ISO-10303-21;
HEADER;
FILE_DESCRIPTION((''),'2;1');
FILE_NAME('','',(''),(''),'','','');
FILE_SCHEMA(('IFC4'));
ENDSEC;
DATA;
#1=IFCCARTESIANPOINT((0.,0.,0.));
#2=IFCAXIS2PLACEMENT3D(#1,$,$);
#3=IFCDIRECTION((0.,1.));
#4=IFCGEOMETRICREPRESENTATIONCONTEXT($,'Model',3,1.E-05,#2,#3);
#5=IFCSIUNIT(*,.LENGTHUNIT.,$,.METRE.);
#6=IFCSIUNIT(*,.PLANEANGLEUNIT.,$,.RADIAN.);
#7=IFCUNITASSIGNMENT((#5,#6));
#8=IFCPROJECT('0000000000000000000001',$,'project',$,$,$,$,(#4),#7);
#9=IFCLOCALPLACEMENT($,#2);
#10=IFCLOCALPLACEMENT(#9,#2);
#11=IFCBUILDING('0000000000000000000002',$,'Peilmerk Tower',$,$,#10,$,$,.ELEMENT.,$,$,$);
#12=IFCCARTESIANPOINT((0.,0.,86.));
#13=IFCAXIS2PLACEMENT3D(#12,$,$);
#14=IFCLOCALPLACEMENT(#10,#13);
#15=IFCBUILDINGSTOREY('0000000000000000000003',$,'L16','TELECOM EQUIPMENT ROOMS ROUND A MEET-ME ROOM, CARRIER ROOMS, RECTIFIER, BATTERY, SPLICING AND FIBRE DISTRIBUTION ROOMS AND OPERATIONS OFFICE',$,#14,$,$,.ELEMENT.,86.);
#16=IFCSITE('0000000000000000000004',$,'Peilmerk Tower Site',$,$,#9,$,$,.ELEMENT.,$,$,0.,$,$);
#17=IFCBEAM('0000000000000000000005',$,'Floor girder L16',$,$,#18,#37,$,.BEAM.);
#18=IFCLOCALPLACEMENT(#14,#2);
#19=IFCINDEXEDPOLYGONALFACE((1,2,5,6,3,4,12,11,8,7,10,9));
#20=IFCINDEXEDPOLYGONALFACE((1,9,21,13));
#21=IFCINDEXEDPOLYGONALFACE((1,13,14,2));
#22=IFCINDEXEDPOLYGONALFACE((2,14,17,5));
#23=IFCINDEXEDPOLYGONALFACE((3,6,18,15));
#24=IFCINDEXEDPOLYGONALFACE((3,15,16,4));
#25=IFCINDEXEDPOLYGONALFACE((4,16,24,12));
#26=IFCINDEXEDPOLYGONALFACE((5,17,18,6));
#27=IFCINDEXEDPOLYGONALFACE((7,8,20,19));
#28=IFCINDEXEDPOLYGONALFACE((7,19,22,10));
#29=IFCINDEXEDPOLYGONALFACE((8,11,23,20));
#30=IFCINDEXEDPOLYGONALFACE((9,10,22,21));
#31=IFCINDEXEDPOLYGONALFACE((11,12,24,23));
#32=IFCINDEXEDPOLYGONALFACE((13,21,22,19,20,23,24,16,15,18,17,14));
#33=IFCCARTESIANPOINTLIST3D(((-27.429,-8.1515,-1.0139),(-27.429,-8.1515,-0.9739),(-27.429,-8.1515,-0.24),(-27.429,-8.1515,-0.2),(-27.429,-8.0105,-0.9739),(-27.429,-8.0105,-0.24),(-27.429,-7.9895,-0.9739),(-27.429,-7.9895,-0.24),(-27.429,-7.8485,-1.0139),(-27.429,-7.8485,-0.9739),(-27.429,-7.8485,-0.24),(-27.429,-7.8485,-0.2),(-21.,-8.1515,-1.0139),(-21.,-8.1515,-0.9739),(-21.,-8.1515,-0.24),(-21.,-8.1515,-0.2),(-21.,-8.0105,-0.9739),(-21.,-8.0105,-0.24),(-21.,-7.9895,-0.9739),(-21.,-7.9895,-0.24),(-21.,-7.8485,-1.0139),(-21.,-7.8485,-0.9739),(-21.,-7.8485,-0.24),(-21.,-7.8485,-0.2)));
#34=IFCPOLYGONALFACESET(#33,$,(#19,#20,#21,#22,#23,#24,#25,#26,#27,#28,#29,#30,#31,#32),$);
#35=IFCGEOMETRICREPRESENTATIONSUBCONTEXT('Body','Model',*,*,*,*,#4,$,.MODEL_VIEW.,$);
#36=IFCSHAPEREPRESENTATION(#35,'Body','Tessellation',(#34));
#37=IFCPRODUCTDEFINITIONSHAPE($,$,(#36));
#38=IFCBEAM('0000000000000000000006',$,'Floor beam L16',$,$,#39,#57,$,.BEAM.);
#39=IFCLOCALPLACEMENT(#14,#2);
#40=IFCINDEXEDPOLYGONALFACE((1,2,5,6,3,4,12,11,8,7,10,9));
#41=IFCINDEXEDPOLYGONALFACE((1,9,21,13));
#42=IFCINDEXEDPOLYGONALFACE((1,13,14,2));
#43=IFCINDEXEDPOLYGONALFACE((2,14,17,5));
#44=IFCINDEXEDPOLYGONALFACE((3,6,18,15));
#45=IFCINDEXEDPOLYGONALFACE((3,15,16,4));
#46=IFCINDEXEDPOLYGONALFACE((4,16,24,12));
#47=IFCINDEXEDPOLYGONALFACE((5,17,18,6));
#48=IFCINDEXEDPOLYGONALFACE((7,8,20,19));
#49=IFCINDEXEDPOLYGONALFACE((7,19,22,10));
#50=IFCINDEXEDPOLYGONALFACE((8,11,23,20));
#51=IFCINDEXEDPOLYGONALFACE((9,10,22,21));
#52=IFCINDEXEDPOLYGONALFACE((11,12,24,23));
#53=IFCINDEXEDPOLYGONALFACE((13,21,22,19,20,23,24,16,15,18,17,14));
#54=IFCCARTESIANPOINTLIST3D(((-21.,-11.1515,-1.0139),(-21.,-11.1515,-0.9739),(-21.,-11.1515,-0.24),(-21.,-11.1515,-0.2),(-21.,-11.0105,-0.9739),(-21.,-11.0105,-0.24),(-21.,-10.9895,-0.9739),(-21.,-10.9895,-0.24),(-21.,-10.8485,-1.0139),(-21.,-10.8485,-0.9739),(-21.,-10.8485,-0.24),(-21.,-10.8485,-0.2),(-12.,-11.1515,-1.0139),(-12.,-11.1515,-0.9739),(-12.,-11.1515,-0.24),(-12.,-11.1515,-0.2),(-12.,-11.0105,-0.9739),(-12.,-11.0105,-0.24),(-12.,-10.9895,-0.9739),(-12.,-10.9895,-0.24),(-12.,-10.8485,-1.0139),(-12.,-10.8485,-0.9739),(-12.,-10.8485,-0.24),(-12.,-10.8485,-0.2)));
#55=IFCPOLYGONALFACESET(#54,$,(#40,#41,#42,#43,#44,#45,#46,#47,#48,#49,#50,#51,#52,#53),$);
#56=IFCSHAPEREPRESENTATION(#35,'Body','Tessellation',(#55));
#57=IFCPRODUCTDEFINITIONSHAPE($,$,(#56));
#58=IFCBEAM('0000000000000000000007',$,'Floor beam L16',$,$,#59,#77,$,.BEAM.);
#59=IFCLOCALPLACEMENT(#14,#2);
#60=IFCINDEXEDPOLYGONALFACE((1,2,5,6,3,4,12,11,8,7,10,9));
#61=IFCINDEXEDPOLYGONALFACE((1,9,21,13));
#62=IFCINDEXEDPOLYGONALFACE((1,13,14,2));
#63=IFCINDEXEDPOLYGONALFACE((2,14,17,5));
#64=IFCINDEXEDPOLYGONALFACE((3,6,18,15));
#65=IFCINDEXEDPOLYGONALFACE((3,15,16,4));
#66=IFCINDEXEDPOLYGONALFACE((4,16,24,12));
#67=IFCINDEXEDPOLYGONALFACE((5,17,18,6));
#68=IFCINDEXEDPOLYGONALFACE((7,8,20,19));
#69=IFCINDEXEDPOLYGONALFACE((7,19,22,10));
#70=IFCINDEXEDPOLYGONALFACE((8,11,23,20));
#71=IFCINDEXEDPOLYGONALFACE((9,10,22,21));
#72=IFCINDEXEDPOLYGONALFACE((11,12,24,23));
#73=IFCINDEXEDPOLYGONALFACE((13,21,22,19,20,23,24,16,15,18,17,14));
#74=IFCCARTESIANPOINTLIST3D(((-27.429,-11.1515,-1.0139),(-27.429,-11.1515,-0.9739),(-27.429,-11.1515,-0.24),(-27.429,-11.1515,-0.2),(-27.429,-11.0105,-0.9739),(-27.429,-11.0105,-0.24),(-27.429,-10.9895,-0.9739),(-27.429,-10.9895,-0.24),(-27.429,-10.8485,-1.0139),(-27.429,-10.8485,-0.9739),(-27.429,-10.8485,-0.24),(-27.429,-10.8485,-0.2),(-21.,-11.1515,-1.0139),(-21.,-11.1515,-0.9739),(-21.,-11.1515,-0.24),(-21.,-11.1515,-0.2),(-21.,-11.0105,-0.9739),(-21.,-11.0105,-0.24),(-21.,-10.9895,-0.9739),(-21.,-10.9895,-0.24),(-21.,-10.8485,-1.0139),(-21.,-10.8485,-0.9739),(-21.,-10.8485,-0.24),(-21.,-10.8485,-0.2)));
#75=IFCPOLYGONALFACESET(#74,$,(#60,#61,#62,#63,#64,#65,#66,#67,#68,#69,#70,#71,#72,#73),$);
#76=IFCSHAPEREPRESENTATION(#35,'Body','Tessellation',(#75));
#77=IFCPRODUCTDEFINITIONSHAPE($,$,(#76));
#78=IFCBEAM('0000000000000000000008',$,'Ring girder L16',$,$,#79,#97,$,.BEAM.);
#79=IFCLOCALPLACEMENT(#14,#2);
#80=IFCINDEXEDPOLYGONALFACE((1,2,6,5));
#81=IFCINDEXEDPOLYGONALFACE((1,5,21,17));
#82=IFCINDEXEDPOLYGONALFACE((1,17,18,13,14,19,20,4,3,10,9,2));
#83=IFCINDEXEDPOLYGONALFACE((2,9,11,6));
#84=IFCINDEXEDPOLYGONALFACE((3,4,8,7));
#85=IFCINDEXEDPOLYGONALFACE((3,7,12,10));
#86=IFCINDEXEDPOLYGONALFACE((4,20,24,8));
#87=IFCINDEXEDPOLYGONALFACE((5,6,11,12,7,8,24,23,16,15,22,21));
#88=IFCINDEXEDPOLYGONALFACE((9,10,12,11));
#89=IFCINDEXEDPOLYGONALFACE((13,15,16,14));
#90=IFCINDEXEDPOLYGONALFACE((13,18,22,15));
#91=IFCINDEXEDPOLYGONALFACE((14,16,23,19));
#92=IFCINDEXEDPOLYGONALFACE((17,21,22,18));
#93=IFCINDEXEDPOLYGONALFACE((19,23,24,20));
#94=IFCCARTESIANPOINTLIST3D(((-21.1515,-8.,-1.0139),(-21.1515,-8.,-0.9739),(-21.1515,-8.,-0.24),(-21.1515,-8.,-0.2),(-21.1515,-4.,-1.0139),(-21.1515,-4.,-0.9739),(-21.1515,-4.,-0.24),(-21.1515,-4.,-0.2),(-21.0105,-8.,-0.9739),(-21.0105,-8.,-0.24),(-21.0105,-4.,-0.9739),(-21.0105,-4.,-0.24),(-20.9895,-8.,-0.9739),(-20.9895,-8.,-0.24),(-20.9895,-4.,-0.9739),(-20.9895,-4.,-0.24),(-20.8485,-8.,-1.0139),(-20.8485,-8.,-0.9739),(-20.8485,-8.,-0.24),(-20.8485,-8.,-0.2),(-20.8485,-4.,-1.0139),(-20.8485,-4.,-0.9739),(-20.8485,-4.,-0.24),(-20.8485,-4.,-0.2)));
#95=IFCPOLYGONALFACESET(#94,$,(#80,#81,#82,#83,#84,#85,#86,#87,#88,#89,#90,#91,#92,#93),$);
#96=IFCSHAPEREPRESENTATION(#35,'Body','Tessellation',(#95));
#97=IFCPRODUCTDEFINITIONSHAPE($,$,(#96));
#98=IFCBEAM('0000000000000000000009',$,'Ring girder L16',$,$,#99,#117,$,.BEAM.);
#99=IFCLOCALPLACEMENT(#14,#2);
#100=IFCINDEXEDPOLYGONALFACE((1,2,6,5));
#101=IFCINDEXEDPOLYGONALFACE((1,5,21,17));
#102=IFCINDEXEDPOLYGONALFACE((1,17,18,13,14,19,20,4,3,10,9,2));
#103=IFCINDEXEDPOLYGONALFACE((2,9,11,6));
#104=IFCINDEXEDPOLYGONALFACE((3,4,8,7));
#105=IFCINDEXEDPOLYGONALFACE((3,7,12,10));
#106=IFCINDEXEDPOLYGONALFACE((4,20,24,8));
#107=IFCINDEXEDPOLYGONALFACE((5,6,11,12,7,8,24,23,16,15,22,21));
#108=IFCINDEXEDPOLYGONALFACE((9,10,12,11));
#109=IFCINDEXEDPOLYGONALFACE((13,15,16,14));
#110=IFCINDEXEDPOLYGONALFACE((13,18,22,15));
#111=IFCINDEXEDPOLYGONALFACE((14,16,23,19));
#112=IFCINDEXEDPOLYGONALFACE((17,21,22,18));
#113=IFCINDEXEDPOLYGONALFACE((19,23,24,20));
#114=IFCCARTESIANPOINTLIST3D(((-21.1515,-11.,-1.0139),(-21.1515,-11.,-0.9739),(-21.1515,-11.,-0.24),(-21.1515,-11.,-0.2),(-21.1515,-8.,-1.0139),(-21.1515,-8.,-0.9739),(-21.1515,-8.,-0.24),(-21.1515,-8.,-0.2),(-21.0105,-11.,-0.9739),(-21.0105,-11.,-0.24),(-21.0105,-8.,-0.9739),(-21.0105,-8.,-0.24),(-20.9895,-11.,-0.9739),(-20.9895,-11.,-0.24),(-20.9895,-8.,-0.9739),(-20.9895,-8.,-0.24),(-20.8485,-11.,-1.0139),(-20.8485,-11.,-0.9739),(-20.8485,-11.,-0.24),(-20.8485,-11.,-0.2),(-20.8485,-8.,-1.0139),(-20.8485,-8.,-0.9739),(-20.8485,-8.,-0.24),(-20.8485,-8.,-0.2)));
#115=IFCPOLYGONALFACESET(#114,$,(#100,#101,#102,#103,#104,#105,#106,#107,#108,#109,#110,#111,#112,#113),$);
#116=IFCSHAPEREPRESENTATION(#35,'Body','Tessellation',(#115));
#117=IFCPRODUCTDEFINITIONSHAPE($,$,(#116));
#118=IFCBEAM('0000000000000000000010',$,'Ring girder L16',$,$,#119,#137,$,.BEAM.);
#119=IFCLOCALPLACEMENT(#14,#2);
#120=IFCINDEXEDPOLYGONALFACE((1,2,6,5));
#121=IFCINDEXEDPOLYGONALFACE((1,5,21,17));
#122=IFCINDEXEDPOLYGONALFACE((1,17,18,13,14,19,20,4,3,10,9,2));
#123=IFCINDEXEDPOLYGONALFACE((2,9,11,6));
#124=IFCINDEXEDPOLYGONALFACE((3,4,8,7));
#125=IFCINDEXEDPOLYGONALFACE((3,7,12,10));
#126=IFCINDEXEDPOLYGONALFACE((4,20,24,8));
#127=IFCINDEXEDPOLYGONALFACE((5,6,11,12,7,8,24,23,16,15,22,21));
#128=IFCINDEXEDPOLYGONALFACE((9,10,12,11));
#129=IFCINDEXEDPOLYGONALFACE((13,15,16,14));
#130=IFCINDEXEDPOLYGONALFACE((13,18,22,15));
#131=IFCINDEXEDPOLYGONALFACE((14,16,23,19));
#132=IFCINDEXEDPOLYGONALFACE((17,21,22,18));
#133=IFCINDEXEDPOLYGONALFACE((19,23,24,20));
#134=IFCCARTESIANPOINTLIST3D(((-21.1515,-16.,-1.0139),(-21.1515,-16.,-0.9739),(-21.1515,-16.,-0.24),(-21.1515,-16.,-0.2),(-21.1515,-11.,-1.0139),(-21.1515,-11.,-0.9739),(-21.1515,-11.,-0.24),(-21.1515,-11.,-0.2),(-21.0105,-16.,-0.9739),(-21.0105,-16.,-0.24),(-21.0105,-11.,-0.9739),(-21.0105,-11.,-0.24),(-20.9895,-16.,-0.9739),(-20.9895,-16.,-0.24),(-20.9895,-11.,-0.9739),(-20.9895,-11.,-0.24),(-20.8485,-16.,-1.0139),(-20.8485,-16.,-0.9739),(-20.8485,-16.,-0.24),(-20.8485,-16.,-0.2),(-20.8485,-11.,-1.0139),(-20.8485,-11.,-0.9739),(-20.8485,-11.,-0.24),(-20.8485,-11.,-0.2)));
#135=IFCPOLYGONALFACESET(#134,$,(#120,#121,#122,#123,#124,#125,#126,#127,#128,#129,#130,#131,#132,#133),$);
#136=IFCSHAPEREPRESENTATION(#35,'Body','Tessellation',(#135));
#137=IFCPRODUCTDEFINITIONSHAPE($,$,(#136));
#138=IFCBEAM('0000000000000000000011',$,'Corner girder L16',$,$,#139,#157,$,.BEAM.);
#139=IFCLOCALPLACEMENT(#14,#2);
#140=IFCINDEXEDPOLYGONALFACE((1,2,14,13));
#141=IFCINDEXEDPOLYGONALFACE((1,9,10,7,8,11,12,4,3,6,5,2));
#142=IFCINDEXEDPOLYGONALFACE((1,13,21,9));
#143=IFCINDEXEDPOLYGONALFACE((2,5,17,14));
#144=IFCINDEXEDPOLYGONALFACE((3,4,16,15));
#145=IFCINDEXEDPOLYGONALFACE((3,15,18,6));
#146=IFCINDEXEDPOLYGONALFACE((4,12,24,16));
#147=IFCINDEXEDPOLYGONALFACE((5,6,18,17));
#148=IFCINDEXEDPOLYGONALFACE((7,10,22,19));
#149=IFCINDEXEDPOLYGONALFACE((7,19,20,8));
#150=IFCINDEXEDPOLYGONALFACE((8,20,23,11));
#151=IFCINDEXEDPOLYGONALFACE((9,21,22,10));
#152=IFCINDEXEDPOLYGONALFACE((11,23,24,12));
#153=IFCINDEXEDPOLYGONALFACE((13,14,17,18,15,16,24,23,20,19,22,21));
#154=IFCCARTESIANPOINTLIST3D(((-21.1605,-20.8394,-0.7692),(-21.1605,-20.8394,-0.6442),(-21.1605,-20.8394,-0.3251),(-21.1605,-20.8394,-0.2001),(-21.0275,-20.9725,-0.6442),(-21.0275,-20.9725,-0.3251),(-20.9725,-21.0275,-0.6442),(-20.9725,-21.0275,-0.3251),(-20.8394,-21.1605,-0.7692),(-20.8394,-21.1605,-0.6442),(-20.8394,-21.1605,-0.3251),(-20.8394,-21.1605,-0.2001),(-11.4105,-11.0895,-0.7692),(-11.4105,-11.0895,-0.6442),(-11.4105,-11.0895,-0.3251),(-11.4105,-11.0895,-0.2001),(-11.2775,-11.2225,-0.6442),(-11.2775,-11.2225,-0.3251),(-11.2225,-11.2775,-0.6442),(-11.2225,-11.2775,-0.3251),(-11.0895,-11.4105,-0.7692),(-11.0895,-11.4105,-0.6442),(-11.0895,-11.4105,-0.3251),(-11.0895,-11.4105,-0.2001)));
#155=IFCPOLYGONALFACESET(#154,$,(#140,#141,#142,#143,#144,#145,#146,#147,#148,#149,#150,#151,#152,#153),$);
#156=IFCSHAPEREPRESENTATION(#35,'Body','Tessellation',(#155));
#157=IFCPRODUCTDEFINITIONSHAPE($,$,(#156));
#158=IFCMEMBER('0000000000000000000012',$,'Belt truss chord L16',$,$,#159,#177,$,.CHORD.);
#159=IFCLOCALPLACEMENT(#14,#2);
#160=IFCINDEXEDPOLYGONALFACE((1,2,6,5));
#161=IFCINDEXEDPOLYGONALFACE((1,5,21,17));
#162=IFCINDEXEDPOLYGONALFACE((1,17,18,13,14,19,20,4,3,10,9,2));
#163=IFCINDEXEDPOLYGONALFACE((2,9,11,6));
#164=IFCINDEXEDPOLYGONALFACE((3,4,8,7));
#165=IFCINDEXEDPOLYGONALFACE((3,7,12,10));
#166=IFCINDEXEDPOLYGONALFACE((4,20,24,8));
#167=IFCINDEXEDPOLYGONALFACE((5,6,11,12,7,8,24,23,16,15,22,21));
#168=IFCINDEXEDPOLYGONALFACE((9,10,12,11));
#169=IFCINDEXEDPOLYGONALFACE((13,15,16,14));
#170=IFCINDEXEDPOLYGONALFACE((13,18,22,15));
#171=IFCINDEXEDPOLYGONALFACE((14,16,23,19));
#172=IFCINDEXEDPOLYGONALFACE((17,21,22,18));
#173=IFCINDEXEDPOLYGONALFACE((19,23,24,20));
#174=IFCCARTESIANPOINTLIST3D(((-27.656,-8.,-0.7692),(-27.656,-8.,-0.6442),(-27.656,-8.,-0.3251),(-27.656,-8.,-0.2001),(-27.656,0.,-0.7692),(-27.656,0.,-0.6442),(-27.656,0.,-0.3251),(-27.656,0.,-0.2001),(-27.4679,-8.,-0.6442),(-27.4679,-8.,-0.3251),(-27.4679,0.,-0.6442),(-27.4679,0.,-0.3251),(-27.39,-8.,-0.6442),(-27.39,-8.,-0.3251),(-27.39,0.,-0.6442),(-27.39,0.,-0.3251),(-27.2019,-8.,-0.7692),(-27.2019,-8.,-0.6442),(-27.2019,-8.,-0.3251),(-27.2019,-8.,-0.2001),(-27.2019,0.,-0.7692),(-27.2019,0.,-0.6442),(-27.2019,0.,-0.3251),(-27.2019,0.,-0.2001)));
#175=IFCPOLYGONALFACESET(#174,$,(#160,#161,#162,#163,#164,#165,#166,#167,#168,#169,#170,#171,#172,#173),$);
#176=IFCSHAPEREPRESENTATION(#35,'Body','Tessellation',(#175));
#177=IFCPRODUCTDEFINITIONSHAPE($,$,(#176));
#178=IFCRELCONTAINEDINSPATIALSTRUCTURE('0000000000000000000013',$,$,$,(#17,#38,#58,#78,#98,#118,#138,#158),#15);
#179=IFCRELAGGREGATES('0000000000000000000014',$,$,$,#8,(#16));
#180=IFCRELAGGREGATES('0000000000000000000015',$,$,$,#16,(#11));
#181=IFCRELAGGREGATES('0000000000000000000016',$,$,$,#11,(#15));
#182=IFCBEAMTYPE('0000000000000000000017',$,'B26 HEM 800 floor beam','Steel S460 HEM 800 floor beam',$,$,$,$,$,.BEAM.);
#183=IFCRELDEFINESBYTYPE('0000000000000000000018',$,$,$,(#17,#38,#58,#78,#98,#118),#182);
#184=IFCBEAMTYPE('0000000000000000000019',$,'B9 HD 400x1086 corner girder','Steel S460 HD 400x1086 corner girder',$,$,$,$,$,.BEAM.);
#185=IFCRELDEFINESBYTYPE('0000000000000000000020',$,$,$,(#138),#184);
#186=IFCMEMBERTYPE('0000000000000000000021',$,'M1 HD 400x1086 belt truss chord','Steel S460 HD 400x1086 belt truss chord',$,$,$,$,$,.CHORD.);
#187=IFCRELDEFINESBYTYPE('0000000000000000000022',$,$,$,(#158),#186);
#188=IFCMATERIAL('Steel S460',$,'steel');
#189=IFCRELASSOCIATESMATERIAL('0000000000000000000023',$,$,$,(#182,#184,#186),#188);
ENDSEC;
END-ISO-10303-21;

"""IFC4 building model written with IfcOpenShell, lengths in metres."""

from ifc_helpers import new_model, si_unit, direction, frame, origin, origin_2d, place, context, subcontext, project, spatial, i_section, extrude, material, material_profile, profile_set, type_object, element, save


model = new_model("IFC4")

# Units and contexts
model_context = context("Model", 3, precision=1e-05, world=origin(), true_north=direction((0.0, 1.0)))
body_context = subcontext(model_context, "Body", "Model", "MODEL_VIEW")
ifc_project = project(units=[si_unit("LENGTHUNIT", "METRE"), si_unit("PLANEANGLEUNIT", "RADIAN")], contexts=[model_context])

# Site, building, storey
site_placement = place(None, origin())
site = spatial("IfcSite", under=ifc_project, at=site_placement, Name="Peilmerk Tower Site", CompositionType="ELEMENT", RefElevation=0.0)
building_placement = place(site_placement, origin())
building = spatial("IfcBuilding", under=site, at=building_placement, Name="Peilmerk Tower", CompositionType="ELEMENT")
storey_placement = place(building_placement, frame((0.0, 0.0, 86.0)))
storey = spatial("IfcBuildingStorey", under=building, at=storey_placement, Name="L16", Description="TELECOM EQUIPMENT ROOMS ROUND A MEET-ME ROOM, CARRIER ROOMS, RECTIFIER, BATTERY, SPLICING AND FIBRE DISTRIBUTION ROOMS AND OPERATIONS OFFICE", CompositionType="ELEMENT", Elevation=86.0)

# Shared definitions
ifc_material_1 = material(Name="Steel S460", Category="steel")

# Beams
ifc_material_profile_1 = material_profile(ifc_material_1, i_section(OverallWidth=0.303, OverallDepth=0.814, WebThickness=0.021, FlangeThickness=0.04, at=origin_2d()), Name="HEM 800")
ifc_profile_set_1 = profile_set([ifc_material_profile_1], Name="Steel S460")
beam_type_1 = type_object("IfcBeamType", Name="B26 HEM 800 floor beam", Description="Steel S460 HEM 800 floor beam", PredefinedType="BEAM", material=ifc_profile_set_1)
for number, where, z_axis, x_axis, name in (
    (1, (-21.0, -8.0, -0.6069), (-1.0, 0.0, 0.0), (0.0, -1.0, 0.0), "Floor girder L16"),
):
    element("IfcBeam", number, at=place(storey_placement, frame(where, z_axis=z_axis, x_axis=x_axis)), inside=storey, type_object=beam_type_1, Name=name, PredefinedType="BEAM", context=body_context, shape_type="SweptSolid", body=[
        extrude(i_section(OverallWidth=0.303, OverallDepth=0.814, WebThickness=0.021, FlangeThickness=0.04, at=origin_2d()), origin(), (0.0, 0.0, 1.0), 6.429),
    ])
beam_1_placement = place(storey_placement, frame((-12.0, -11.0, -0.6069), z_axis=(-1.0, 0.0, 0.0), x_axis=(0.0, -1.0, 0.0)))
element("IfcBeam", 2, at=beam_1_placement, inside=storey, type_object=beam_type_1, Name="Floor beam L16", PredefinedType="BEAM", context=body_context, shape_type="SweptSolid", body=[
    extrude(i_section(OverallWidth=0.303, OverallDepth=0.814, WebThickness=0.021, FlangeThickness=0.04, at=origin_2d()), origin(), (0.0, 0.0, 1.0), 9.0),
])
beam_2_placement = place(storey_placement, frame((-21.0, -11.0, -0.6069), z_axis=(-1.0, 0.0, 0.0), x_axis=(0.0, -1.0, 0.0)))
element("IfcBeam", 3, at=beam_2_placement, inside=storey, type_object=beam_type_1, Name="Floor beam L16", PredefinedType="BEAM", context=body_context, shape_type="SweptSolid", body=[
    extrude(i_section(OverallWidth=0.303, OverallDepth=0.814, WebThickness=0.021, FlangeThickness=0.04, at=origin_2d()), origin(), (0.0, 0.0, 1.0), 6.429),
])
beam_3_placement = place(storey_placement, frame((-21.0, -4.0, -0.6069), z_axis=(0.0, -1.0, 0.0), x_axis=(1.0, 0.0, 0.0)))
element("IfcBeam", 4, at=beam_3_placement, inside=storey, type_object=beam_type_1, Name="Ring girder L16", PredefinedType="BEAM", context=body_context, shape_type="SweptSolid", body=[
    extrude(i_section(OverallWidth=0.303, OverallDepth=0.814, WebThickness=0.021, FlangeThickness=0.04, at=origin_2d()), origin(), (0.0, 0.0, 1.0), 4.0),
])
beam_4_placement = place(storey_placement, frame((-21.0, -8.0, -0.6069), z_axis=(0.0, -1.0, 0.0), x_axis=(1.0, 0.0, 0.0)))
element("IfcBeam", 5, at=beam_4_placement, inside=storey, type_object=beam_type_1, Name="Ring girder L16", PredefinedType="BEAM", context=body_context, shape_type="SweptSolid", body=[
    extrude(i_section(OverallWidth=0.303, OverallDepth=0.814, WebThickness=0.021, FlangeThickness=0.04, at=origin_2d()), origin(), (0.0, 0.0, 1.0), 3.0),
])
beam_5_placement = place(storey_placement, frame((-21.0, -11.0, -0.6069), z_axis=(0.0, -1.0, 0.0), x_axis=(1.0, 0.0, 0.0)))
element("IfcBeam", 6, at=beam_5_placement, inside=storey, type_object=beam_type_1, Name="Ring girder L16", PredefinedType="BEAM", context=body_context, shape_type="SweptSolid", body=[
    extrude(i_section(OverallWidth=0.303, OverallDepth=0.814, WebThickness=0.021, FlangeThickness=0.04, at=origin_2d()), origin(), (0.0, 0.0, 1.0), 5.0),
])
ifc_material_profile_2 = material_profile(ifc_material_1, i_section(OverallWidth=0.4541, OverallDepth=0.5691, WebThickness=0.0779, FlangeThickness=0.125, at=origin_2d()), Name="HD 400x1086")
ifc_profile_set_2 = profile_set([ifc_material_profile_2], Name="Steel S460")
beam_type_2 = type_object("IfcBeamType", Name="B9 HD 400x1086 corner girder", Description="Steel S460 HD 400x1086 corner girder", PredefinedType="BEAM", material=ifc_profile_set_2)
beam_6_placement = place(storey_placement, frame((-11.25, -11.25, -0.4846), z_axis=(-0.707107, -0.707107, 0.0), x_axis=(0.707107, -0.707107, 0.0)))
element("IfcBeam", 7, at=beam_6_placement, inside=storey, type_object=beam_type_2, Name="Corner girder L16", PredefinedType="BEAM", context=body_context, shape_type="SweptSolid", body=[
    extrude(i_section(OverallWidth=0.4541, OverallDepth=0.5691, WebThickness=0.0779, FlangeThickness=0.125, at=origin_2d()), origin(), (0.0, 0.0, 1.0), 13.7886),
])

# Member
ifc_material_profile_3 = material_profile(ifc_material_1, i_section(OverallWidth=0.4541, OverallDepth=0.5691, WebThickness=0.0779, FlangeThickness=0.125, at=origin_2d()), Name="HD 400x1086")
ifc_profile_set_3 = profile_set([ifc_material_profile_3], Name="Steel S460")
member_type = type_object("IfcMemberType", Name="M1 HD 400x1086 belt truss chord", Description="Steel S460 HD 400x1086 belt truss chord", PredefinedType="CHORD", material=ifc_profile_set_3)
for number, where, z_axis, x_axis, name in (
    (8, (-27.429, 0.0, -0.4846), (0.0, -1.0, 0.0), (1.0, 0.0, 0.0), "Belt truss chord L16"),
):
    element("IfcMember", number, at=place(storey_placement, frame(where, z_axis=z_axis, x_axis=x_axis)), inside=storey, type_object=member_type, Name=name, PredefinedType="CHORD", context=body_context, shape_type="SweptSolid", body=[
        extrude(i_section(OverallWidth=0.4541, OverallDepth=0.5691, WebThickness=0.0779, FlangeThickness=0.125, at=origin_2d()), origin(), (0.0, 0.0, 1.0), 8.0),
    ])

save(model, "model.ifc")
